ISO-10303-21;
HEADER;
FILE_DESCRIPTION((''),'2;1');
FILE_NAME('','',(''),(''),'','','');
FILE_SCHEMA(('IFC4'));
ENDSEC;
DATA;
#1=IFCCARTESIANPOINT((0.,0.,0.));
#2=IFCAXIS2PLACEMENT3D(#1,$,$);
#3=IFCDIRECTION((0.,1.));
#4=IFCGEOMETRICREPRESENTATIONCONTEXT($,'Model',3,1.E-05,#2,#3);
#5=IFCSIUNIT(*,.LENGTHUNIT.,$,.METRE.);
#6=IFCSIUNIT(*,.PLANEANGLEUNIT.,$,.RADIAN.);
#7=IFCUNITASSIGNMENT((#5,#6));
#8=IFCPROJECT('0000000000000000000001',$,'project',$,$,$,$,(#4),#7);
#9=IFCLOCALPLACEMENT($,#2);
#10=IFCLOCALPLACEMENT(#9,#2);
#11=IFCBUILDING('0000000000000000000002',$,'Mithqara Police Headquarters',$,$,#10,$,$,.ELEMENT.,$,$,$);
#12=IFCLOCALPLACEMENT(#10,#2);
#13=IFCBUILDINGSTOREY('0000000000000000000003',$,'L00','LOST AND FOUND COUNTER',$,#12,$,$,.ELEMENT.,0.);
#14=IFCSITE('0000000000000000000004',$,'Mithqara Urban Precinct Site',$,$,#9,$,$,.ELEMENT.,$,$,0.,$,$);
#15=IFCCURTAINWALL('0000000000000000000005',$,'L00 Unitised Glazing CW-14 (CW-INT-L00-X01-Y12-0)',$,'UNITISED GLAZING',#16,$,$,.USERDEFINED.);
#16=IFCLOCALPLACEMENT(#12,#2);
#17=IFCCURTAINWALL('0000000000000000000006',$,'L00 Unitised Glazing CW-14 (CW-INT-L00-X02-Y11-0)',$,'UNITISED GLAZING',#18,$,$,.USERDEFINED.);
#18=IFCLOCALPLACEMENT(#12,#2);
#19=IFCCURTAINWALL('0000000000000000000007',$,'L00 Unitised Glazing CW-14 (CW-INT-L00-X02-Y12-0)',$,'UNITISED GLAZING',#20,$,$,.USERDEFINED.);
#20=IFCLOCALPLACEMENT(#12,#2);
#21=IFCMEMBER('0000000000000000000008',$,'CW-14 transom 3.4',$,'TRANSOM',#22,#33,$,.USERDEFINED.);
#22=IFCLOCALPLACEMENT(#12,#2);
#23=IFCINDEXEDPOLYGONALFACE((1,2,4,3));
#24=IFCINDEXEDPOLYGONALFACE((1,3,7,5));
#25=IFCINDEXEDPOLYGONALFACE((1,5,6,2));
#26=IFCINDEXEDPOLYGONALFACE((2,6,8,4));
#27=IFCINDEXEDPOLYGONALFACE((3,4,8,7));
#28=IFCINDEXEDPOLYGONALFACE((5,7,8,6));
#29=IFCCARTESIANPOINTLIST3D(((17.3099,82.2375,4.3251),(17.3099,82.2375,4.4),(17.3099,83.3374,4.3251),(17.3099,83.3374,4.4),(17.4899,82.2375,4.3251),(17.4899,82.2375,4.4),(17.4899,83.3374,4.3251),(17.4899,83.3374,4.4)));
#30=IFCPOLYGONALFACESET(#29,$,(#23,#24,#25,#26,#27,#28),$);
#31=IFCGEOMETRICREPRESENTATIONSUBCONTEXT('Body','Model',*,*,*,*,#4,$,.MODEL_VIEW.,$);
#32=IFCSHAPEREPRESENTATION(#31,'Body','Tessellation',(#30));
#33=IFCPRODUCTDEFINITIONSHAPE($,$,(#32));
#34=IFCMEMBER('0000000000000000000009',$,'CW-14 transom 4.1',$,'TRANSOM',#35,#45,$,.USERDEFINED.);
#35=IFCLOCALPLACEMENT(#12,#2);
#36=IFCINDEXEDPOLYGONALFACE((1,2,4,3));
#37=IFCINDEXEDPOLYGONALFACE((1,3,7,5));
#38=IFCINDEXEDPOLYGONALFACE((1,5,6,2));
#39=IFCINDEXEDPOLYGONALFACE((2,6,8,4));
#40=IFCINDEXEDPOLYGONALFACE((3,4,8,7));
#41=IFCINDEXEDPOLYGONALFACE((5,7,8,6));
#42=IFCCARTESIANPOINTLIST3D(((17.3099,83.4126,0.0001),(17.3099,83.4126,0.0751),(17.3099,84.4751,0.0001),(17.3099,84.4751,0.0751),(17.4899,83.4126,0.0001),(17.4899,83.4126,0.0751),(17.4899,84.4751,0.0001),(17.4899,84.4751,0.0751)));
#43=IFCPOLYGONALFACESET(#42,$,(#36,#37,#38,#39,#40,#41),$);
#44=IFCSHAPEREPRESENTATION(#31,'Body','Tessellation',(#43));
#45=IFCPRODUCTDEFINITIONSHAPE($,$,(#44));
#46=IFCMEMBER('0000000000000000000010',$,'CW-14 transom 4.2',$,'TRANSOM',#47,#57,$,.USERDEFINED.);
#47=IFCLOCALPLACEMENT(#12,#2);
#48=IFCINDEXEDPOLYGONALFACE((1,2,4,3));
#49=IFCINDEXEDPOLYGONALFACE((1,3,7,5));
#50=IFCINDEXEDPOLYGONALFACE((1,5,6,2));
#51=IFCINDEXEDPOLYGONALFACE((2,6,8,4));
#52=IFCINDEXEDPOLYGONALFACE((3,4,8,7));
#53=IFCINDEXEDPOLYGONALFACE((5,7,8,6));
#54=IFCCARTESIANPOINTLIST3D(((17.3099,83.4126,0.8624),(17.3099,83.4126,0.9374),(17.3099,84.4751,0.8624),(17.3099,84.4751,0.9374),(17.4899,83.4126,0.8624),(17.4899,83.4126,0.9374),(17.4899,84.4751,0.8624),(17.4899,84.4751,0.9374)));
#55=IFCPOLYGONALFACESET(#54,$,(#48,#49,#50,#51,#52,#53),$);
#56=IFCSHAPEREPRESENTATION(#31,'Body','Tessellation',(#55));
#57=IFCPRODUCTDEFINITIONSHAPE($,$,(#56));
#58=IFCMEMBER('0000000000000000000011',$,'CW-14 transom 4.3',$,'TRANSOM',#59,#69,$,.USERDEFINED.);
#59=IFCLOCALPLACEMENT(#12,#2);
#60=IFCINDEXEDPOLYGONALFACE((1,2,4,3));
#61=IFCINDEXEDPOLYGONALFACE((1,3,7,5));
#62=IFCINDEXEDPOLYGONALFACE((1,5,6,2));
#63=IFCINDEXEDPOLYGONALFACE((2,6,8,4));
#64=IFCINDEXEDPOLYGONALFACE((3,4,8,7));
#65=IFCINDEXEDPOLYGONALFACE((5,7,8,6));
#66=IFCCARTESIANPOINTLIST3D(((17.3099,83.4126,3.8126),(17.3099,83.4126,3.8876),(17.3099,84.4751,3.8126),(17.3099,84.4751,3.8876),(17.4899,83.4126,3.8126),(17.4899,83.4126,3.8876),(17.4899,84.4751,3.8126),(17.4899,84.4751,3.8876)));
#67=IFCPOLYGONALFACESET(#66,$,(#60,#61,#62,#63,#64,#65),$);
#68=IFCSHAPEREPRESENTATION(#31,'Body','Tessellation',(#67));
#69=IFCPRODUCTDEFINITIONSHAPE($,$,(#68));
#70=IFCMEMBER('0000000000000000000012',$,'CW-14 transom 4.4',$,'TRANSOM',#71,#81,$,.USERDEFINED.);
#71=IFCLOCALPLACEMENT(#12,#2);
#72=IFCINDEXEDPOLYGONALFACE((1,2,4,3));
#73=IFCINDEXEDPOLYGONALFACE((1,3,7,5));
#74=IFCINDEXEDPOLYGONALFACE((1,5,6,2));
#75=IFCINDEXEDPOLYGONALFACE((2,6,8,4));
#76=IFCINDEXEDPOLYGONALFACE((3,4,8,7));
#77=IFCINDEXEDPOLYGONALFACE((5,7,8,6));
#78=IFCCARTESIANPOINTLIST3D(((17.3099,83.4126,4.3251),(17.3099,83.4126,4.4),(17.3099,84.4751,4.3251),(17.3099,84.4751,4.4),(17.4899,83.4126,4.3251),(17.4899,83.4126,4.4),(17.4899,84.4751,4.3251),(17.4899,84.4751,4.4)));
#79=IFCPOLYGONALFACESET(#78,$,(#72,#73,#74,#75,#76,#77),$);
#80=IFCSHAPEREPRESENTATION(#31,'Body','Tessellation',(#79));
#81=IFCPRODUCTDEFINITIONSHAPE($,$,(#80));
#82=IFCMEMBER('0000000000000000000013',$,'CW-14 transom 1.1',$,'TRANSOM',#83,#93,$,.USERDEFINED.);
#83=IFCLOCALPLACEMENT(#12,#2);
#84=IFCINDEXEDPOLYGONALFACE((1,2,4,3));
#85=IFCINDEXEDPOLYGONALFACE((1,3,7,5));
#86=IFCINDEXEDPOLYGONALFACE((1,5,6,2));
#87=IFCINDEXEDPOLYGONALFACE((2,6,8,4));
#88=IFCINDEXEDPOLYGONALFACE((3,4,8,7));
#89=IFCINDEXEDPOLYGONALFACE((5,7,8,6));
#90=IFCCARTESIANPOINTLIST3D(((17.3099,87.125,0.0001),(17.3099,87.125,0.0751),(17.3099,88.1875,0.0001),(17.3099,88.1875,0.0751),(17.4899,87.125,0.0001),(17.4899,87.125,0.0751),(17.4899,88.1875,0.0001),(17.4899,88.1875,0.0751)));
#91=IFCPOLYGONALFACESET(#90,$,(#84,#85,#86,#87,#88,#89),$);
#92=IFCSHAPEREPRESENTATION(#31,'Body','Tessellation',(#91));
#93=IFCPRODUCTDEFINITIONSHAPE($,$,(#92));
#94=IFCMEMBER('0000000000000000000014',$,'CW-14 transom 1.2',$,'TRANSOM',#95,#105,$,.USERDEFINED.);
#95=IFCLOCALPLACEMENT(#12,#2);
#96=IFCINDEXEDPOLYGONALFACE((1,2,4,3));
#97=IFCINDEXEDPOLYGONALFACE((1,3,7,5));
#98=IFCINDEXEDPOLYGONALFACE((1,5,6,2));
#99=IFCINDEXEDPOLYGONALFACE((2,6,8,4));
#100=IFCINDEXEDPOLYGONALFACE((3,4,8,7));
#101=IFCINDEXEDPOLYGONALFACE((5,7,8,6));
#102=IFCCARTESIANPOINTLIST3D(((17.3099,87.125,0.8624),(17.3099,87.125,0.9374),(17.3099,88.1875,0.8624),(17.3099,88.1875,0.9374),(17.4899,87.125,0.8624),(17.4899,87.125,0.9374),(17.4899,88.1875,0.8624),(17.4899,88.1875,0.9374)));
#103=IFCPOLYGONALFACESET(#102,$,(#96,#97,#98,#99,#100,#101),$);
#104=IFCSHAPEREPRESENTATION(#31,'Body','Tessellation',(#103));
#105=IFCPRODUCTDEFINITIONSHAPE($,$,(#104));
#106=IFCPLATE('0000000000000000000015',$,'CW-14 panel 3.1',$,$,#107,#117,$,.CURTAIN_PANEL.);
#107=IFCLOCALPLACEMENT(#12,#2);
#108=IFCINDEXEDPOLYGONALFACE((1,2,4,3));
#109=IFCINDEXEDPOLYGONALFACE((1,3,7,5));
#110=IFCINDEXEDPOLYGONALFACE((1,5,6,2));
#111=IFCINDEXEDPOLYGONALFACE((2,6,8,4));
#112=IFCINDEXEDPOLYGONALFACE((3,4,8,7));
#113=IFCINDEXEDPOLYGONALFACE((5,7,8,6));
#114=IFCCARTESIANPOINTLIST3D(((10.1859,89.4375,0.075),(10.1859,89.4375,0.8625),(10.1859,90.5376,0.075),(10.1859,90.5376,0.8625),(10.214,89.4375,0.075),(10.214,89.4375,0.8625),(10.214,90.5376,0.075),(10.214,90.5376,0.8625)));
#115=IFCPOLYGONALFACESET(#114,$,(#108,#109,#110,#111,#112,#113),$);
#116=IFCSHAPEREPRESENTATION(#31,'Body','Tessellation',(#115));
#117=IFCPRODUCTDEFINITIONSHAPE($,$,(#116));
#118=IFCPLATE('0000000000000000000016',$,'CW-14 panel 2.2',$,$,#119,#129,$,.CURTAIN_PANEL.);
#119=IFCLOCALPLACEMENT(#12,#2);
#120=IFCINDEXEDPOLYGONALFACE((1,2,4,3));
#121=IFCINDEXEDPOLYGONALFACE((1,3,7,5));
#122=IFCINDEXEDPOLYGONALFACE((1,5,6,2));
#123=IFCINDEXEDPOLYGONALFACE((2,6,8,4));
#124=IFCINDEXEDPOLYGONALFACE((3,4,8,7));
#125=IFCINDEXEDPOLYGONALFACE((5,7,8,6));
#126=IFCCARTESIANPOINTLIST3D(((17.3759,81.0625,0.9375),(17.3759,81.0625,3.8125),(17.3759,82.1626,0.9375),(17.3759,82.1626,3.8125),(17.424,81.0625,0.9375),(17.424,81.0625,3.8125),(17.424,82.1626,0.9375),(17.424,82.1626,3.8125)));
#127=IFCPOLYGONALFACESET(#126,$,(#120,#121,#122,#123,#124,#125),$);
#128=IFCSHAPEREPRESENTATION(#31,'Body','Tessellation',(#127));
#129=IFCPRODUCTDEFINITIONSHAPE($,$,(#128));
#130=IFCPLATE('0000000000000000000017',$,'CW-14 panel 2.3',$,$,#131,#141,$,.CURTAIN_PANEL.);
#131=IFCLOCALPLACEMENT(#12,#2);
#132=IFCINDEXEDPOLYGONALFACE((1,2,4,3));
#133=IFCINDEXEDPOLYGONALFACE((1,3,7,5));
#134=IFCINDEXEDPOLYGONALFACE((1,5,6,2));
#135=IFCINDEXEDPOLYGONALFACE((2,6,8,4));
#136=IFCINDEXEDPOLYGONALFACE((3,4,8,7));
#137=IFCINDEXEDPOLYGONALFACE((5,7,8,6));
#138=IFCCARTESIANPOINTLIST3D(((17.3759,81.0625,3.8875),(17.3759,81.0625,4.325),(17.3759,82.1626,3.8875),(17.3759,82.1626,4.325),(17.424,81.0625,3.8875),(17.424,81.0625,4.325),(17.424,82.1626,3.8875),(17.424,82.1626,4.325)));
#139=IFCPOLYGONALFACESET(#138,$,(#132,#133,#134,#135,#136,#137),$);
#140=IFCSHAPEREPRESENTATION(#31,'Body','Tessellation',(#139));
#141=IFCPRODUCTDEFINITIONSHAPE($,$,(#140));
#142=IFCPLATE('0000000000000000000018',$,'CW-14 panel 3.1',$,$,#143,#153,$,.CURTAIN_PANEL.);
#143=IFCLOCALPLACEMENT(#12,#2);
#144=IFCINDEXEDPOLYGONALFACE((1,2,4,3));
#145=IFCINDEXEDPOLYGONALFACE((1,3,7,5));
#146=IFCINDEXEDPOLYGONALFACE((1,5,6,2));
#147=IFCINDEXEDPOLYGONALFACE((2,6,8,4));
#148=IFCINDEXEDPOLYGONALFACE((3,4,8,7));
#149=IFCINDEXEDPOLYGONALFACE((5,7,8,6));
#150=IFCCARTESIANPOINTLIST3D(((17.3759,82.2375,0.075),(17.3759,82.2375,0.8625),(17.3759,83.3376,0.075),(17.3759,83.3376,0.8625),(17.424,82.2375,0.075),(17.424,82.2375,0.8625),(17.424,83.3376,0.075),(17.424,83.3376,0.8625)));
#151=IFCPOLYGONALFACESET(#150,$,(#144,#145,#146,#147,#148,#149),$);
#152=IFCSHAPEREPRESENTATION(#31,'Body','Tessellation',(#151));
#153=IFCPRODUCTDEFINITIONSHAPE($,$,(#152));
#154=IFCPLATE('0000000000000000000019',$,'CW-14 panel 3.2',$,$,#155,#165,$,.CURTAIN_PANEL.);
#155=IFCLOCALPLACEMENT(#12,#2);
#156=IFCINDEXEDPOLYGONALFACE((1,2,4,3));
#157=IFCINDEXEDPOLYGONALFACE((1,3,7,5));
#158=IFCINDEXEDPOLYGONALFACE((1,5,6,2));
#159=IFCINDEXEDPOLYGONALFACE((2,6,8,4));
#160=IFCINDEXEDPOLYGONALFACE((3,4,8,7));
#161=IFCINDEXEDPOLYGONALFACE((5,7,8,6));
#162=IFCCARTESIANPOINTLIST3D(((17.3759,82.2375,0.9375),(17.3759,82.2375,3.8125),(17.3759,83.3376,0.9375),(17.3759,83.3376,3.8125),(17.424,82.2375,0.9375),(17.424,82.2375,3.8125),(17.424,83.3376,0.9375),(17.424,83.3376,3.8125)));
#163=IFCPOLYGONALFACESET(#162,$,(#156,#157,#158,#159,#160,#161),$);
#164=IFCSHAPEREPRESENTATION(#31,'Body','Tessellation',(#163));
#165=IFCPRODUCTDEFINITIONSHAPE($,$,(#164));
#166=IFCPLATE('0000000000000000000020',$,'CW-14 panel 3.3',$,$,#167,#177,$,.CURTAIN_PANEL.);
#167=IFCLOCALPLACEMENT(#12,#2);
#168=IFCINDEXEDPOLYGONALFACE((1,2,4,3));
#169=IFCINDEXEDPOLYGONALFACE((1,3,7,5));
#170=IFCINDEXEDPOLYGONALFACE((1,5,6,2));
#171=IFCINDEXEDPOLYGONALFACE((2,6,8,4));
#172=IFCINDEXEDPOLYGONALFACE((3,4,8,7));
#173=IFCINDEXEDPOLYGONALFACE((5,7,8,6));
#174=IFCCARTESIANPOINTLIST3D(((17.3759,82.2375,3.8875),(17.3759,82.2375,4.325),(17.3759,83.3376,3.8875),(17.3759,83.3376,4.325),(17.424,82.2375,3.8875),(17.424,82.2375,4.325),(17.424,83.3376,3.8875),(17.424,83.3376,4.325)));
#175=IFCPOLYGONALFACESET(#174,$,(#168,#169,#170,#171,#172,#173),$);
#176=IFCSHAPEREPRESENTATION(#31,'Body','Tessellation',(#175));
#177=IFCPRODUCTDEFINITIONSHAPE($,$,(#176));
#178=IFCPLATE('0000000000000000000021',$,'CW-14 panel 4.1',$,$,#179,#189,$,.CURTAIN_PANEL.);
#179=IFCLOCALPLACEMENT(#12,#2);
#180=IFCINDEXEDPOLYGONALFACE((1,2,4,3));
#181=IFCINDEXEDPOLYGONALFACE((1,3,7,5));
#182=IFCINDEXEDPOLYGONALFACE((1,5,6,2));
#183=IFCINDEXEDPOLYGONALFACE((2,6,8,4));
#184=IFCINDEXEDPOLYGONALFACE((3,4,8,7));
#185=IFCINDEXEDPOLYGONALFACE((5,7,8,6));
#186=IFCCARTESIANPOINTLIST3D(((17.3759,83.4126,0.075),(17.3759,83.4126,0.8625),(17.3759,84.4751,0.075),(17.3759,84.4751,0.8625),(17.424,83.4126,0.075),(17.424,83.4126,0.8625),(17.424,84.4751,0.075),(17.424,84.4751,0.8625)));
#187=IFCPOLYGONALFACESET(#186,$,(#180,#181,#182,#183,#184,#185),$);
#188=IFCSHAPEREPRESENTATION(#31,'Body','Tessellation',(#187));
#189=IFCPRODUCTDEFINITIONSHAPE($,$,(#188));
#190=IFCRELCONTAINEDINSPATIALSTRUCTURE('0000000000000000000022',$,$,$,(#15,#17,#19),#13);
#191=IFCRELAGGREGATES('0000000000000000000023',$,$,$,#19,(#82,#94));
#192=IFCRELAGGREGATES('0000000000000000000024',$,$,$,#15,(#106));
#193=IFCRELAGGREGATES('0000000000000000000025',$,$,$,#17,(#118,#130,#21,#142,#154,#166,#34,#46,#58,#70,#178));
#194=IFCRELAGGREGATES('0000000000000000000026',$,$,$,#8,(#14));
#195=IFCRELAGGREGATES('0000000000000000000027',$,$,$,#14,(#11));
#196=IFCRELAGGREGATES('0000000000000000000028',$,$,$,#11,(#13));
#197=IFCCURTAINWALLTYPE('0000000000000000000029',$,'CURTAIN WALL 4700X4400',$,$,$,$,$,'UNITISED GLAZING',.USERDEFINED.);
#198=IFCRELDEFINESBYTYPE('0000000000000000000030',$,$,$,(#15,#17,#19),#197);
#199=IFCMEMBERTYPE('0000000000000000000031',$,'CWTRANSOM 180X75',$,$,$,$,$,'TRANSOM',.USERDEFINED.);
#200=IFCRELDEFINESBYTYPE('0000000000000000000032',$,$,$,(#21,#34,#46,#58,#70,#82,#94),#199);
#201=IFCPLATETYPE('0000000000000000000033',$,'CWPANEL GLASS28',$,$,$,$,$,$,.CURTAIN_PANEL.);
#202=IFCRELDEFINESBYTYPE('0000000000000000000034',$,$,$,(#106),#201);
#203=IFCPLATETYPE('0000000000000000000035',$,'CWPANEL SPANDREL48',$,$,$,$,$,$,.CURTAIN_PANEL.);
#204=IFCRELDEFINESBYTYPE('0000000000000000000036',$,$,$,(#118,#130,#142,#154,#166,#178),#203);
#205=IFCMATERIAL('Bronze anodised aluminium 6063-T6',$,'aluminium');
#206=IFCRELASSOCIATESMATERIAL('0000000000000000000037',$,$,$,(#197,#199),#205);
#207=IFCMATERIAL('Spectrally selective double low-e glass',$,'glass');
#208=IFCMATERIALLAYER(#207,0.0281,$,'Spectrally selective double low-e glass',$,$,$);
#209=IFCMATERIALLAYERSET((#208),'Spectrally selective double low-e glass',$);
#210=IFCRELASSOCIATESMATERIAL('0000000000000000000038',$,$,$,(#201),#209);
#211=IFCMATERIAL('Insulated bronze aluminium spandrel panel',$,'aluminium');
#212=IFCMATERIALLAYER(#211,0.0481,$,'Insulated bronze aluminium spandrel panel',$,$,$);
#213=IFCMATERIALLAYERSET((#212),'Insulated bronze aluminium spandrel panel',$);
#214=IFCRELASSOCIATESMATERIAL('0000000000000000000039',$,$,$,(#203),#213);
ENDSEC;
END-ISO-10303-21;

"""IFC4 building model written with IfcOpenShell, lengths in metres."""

from ifc_helpers import new_model, si_unit, direction, frame, origin, origin_2d, place, context, subcontext, project, spatial, rectangle, extrude, material, layer, layer_set, material_profile, profile_set, type_object, element, aggregate, save


model = new_model("IFC4")

# Units and contexts
model_context = context("Model", 3, precision=1e-05, world=origin(), true_north=direction((0.0, 1.0)))
body_context = subcontext(model_context, "Body", "Model", "MODEL_VIEW")
ifc_project = project(units=[si_unit("LENGTHUNIT", "METRE"), si_unit("PLANEANGLEUNIT", "RADIAN")], contexts=[model_context])

# Site, building, storey
site_placement = place(None, origin())
site = spatial("IfcSite", under=ifc_project, at=site_placement, Name="Mithqara Urban Precinct Site", CompositionType="ELEMENT", RefElevation=0.0)
building_placement = place(site_placement, origin())
building = spatial("IfcBuilding", under=site, at=building_placement, Name="Mithqara Police Headquarters", CompositionType="ELEMENT")
storey_placement = place(building_placement, origin())
storey = spatial("IfcBuildingStorey", under=building, at=storey_placement, Name="L00", Description="LOST AND FOUND COUNTER", CompositionType="ELEMENT", Elevation=0.0)

# Curtain wall
ifc_material_1 = material(Name="Bronze anodised aluminium 6063-T6", Category="aluminium")
curtain_wall_type = type_object("IfcCurtainWallType", Name="CURTAIN WALL 4700X4400", ElementType="UNITISED GLAZING", PredefinedType="USERDEFINED", material=ifc_material_1)
curtain_wall_1_placement = place(storey_placement, origin())
curtain_wall_1 = element("IfcCurtainWall", 1, at=curtain_wall_1_placement, inside=storey, type_object=curtain_wall_type, Name="L00 Unitised Glazing CW-14 (CW-INT-L00-X01-Y12-0)", ObjectType="UNITISED GLAZING", PredefinedType="USERDEFINED")

# Curtain wall
curtain_wall_2_placement = place(storey_placement, origin())
curtain_wall_2 = element("IfcCurtainWall", 2, at=curtain_wall_2_placement, inside=storey, type_object=curtain_wall_type, Name="L00 Unitised Glazing CW-14 (CW-INT-L00-X02-Y11-0)", ObjectType="UNITISED GLAZING", PredefinedType="USERDEFINED")

# Curtain wall
curtain_wall_3_placement = place(storey_placement, origin())
curtain_wall_3 = element("IfcCurtainWall", 3, at=curtain_wall_3_placement, inside=storey, type_object=curtain_wall_type, Name="L00 Unitised Glazing CW-14 (CW-INT-L00-X02-Y12-0)", ObjectType="UNITISED GLAZING", PredefinedType="USERDEFINED")

# Members
ifc_material_profile_1 = material_profile(ifc_material_1, rectangle(XDim=0.1799, YDim=0.075, at=origin_2d()), Name="CWT 180x75")
ifc_profile_set_1 = profile_set([ifc_material_profile_1], Name="Bronze anodised aluminium 6063-T6")
member_type_1 = type_object("IfcMemberType", Name="CWTRANSOM 180X75", ElementType="TRANSOM", PredefinedType="USERDEFINED", material=ifc_profile_set_1)
member_1_placement = place(storey_placement, frame((17.3999, 82.2375, 4.3625), z_axis=(0.0, 1.0, 0.0), x_axis=(-1.0, 0.0, 0.0)))
member_1 = element("IfcMember", 4, at=member_1_placement, type_object=member_type_1, Name="CW-14 transom 3.4", ObjectType="TRANSOM", PredefinedType="USERDEFINED", context=body_context, shape_type="SweptSolid", body=[
    extrude(rectangle(XDim=0.1799, YDim=0.075, at=origin_2d()), origin(), (0.0, 0.0, 1.0), 1.0999),
])
member_2_placement = place(storey_placement, frame((17.3999, 83.4126, 0.0376), z_axis=(0.0, 1.0, 0.0), x_axis=(-1.0, 0.0, 0.0)))
member_2 = element("IfcMember", 5, at=member_2_placement, type_object=member_type_1, Name="CW-14 transom 4.1", ObjectType="TRANSOM", PredefinedType="USERDEFINED", context=body_context, shape_type="SweptSolid", body=[
    extrude(rectangle(XDim=0.1799, YDim=0.075, at=origin_2d()), origin(), (0.0, 0.0, 1.0), 1.0625),
])
member_3_placement = place(storey_placement, frame((17.3999, 83.4126, 0.8999), z_axis=(0.0, 1.0, 0.0), x_axis=(-1.0, 0.0, 0.0)))
member_3 = element("IfcMember", 6, at=member_3_placement, type_object=member_type_1, Name="CW-14 transom 4.2", ObjectType="TRANSOM", PredefinedType="USERDEFINED", context=body_context, shape_type="SweptSolid", body=[
    extrude(rectangle(XDim=0.1799, YDim=0.075, at=origin_2d()), origin(), (0.0, 0.0, 1.0), 1.0625),
])
member_4_placement = place(storey_placement, frame((17.3999, 83.4126, 3.8501), z_axis=(0.0, 1.0, 0.0), x_axis=(-1.0, 0.0, 0.0)))
member_4 = element("IfcMember", 7, at=member_4_placement, type_object=member_type_1, Name="CW-14 transom 4.3", ObjectType="TRANSOM", PredefinedType="USERDEFINED", context=body_context, shape_type="SweptSolid", body=[
    extrude(rectangle(XDim=0.1799, YDim=0.075, at=origin_2d()), origin(), (0.0, 0.0, 1.0), 1.0625),
])
member_5_placement = place(storey_placement, frame((17.3999, 83.4126, 4.3625), z_axis=(0.0, 1.0, 0.0), x_axis=(-1.0, 0.0, 0.0)))
member_5 = element("IfcMember", 8, at=member_5_placement, type_object=member_type_1, Name="CW-14 transom 4.4", ObjectType="TRANSOM", PredefinedType="USERDEFINED", context=body_context, shape_type="SweptSolid", body=[
    extrude(rectangle(XDim=0.1799, YDim=0.075, at=origin_2d()), origin(), (0.0, 0.0, 1.0), 1.0625),
])
member_6_placement = place(storey_placement, frame((17.3999, 87.125, 0.0376), z_axis=(0.0, 1.0, 0.0), x_axis=(-1.0, 0.0, 0.0)))
member_6 = element("IfcMember", 9, at=member_6_placement, type_object=member_type_1, Name="CW-14 transom 1.1", ObjectType="TRANSOM", PredefinedType="USERDEFINED", context=body_context, shape_type="SweptSolid", body=[
    extrude(rectangle(XDim=0.1799, YDim=0.075, at=origin_2d()), origin(), (0.0, 0.0, 1.0), 1.0625),
])
member_7_placement = place(storey_placement, frame((17.3999, 87.125, 0.8999), z_axis=(0.0, 1.0, 0.0), x_axis=(-1.0, 0.0, 0.0)))
member_7 = element("IfcMember", 10, at=member_7_placement, type_object=member_type_1, Name="CW-14 transom 1.2", ObjectType="TRANSOM", PredefinedType="USERDEFINED", context=body_context, shape_type="SweptSolid", body=[
    extrude(rectangle(XDim=0.1799, YDim=0.075, at=origin_2d()), origin(), (0.0, 0.0, 1.0), 1.0625),
])
aggregate(curtain_wall_3, [member_6, member_7])

# Plates
ifc_material_2 = material(Name="Spectrally selective double low-e glass", Category="glass")
ifc_layer_1 = layer(ifc_material_2, 0.0281, Name="Spectrally selective double low-e glass")
ifc_layer_set_1 = layer_set([ifc_layer_1], Name="Spectrally selective double low-e glass")
plate_type_1 = type_object("IfcPlateType", Name="CWPANEL GLASS28", PredefinedType="CURTAIN_PANEL", material=ifc_layer_set_1)
plate_1_placement = place(storey_placement, frame((10.2, 89.9875, 0.075), z_axis=(0.0, 0.0, 1.0), x_axis=(0.0, 1.0, 0.0)))
plate_1 = element("IfcPlate", 11, at=plate_1_placement, type_object=plate_type_1, Name="CW-14 panel 3.1", PredefinedType="CURTAIN_PANEL", context=body_context, shape_type="SweptSolid", body=[
    extrude(rectangle(XDim=1.1001, YDim=0.0281, at=origin_2d()), origin(), (0.0, 0.0, 1.0), 0.7876),
])
aggregate(curtain_wall_1, [plate_1])
ifc_material_3 = material(Name="Insulated bronze aluminium spandrel panel", Category="aluminium")
ifc_layer_2 = layer(ifc_material_3, 0.0481, Name="Insulated bronze aluminium spandrel panel")
ifc_layer_set_2 = layer_set([ifc_layer_2], Name="Insulated bronze aluminium spandrel panel")
plate_type_2 = type_object("IfcPlateType", Name="CWPANEL SPANDREL48", PredefinedType="CURTAIN_PANEL", material=ifc_layer_set_2)
plate_2_placement = place(storey_placement, frame((17.3999, 81.6125, 0.9375), z_axis=(0.0, 0.0, 1.0), x_axis=(0.0, 1.0, 0.0)))
plate_2 = element("IfcPlate", 12, at=plate_2_placement, type_object=plate_type_2, Name="CW-14 panel 2.2", PredefinedType="CURTAIN_PANEL", context=body_context, shape_type="SweptSolid", body=[
    extrude(rectangle(XDim=1.1001, YDim=0.0481, at=origin_2d()), origin(), (0.0, 0.0, 1.0), 2.875),
])
plate_3_placement = place(storey_placement, frame((17.3999, 81.6125, 3.8875), z_axis=(0.0, 0.0, 1.0), x_axis=(0.0, 1.0, 0.0)))
plate_3 = element("IfcPlate", 13, at=plate_3_placement, type_object=plate_type_2, Name="CW-14 panel 2.3", PredefinedType="CURTAIN_PANEL", context=body_context, shape_type="SweptSolid", body=[
    extrude(rectangle(XDim=1.1001, YDim=0.0481, at=origin_2d()), origin(), (0.0, 0.0, 1.0), 0.4375),
])
plate_4_placement = place(storey_placement, frame((17.3999, 82.7876, 0.075), z_axis=(0.0, 0.0, 1.0), x_axis=(0.0, 1.0, 0.0)))
plate_4 = element("IfcPlate", 14, at=plate_4_placement, type_object=plate_type_2, Name="CW-14 panel 3.1", PredefinedType="CURTAIN_PANEL", context=body_context, shape_type="SweptSolid", body=[
    extrude(rectangle(XDim=1.1001, YDim=0.0481, at=origin_2d()), origin(), (0.0, 0.0, 1.0), 0.7876),
])
plate_5_placement = place(storey_placement, frame((17.3999, 82.7876, 0.9375), z_axis=(0.0, 0.0, 1.0), x_axis=(0.0, 1.0, 0.0)))
plate_5 = element("IfcPlate", 15, at=plate_5_placement, type_object=plate_type_2, Name="CW-14 panel 3.2", PredefinedType="CURTAIN_PANEL", context=body_context, shape_type="SweptSolid", body=[
    extrude(rectangle(XDim=1.1001, YDim=0.0481, at=origin_2d()), origin(), (0.0, 0.0, 1.0), 2.875),
])
plate_6_placement = place(storey_placement, frame((17.3999, 82.7876, 3.8875), z_axis=(0.0, 0.0, 1.0), x_axis=(0.0, 1.0, 0.0)))
plate_6 = element("IfcPlate", 16, at=plate_6_placement, type_object=plate_type_2, Name="CW-14 panel 3.3", PredefinedType="CURTAIN_PANEL", context=body_context, shape_type="SweptSolid", body=[
    extrude(rectangle(XDim=1.1001, YDim=0.0481, at=origin_2d()), origin(), (0.0, 0.0, 1.0), 0.4375),
])
plate_7_placement = place(storey_placement, frame((17.3999, 83.9438, 0.075), z_axis=(0.0, 0.0, 1.0), x_axis=(0.0, 1.0, 0.0)))
plate_7 = element("IfcPlate", 17, at=plate_7_placement, type_object=plate_type_2, Name="CW-14 panel 4.1", PredefinedType="CURTAIN_PANEL", context=body_context, shape_type="SweptSolid", body=[
    extrude(rectangle(XDim=1.0625, YDim=0.0481, at=origin_2d()), origin(), (0.0, 0.0, 1.0), 0.7876),
])
aggregate(curtain_wall_2, [plate_2, plate_3, member_1, plate_4, plate_5, plate_6, member_2, member_3, member_4, member_5, plate_7])

save(model, "model.ifc")
